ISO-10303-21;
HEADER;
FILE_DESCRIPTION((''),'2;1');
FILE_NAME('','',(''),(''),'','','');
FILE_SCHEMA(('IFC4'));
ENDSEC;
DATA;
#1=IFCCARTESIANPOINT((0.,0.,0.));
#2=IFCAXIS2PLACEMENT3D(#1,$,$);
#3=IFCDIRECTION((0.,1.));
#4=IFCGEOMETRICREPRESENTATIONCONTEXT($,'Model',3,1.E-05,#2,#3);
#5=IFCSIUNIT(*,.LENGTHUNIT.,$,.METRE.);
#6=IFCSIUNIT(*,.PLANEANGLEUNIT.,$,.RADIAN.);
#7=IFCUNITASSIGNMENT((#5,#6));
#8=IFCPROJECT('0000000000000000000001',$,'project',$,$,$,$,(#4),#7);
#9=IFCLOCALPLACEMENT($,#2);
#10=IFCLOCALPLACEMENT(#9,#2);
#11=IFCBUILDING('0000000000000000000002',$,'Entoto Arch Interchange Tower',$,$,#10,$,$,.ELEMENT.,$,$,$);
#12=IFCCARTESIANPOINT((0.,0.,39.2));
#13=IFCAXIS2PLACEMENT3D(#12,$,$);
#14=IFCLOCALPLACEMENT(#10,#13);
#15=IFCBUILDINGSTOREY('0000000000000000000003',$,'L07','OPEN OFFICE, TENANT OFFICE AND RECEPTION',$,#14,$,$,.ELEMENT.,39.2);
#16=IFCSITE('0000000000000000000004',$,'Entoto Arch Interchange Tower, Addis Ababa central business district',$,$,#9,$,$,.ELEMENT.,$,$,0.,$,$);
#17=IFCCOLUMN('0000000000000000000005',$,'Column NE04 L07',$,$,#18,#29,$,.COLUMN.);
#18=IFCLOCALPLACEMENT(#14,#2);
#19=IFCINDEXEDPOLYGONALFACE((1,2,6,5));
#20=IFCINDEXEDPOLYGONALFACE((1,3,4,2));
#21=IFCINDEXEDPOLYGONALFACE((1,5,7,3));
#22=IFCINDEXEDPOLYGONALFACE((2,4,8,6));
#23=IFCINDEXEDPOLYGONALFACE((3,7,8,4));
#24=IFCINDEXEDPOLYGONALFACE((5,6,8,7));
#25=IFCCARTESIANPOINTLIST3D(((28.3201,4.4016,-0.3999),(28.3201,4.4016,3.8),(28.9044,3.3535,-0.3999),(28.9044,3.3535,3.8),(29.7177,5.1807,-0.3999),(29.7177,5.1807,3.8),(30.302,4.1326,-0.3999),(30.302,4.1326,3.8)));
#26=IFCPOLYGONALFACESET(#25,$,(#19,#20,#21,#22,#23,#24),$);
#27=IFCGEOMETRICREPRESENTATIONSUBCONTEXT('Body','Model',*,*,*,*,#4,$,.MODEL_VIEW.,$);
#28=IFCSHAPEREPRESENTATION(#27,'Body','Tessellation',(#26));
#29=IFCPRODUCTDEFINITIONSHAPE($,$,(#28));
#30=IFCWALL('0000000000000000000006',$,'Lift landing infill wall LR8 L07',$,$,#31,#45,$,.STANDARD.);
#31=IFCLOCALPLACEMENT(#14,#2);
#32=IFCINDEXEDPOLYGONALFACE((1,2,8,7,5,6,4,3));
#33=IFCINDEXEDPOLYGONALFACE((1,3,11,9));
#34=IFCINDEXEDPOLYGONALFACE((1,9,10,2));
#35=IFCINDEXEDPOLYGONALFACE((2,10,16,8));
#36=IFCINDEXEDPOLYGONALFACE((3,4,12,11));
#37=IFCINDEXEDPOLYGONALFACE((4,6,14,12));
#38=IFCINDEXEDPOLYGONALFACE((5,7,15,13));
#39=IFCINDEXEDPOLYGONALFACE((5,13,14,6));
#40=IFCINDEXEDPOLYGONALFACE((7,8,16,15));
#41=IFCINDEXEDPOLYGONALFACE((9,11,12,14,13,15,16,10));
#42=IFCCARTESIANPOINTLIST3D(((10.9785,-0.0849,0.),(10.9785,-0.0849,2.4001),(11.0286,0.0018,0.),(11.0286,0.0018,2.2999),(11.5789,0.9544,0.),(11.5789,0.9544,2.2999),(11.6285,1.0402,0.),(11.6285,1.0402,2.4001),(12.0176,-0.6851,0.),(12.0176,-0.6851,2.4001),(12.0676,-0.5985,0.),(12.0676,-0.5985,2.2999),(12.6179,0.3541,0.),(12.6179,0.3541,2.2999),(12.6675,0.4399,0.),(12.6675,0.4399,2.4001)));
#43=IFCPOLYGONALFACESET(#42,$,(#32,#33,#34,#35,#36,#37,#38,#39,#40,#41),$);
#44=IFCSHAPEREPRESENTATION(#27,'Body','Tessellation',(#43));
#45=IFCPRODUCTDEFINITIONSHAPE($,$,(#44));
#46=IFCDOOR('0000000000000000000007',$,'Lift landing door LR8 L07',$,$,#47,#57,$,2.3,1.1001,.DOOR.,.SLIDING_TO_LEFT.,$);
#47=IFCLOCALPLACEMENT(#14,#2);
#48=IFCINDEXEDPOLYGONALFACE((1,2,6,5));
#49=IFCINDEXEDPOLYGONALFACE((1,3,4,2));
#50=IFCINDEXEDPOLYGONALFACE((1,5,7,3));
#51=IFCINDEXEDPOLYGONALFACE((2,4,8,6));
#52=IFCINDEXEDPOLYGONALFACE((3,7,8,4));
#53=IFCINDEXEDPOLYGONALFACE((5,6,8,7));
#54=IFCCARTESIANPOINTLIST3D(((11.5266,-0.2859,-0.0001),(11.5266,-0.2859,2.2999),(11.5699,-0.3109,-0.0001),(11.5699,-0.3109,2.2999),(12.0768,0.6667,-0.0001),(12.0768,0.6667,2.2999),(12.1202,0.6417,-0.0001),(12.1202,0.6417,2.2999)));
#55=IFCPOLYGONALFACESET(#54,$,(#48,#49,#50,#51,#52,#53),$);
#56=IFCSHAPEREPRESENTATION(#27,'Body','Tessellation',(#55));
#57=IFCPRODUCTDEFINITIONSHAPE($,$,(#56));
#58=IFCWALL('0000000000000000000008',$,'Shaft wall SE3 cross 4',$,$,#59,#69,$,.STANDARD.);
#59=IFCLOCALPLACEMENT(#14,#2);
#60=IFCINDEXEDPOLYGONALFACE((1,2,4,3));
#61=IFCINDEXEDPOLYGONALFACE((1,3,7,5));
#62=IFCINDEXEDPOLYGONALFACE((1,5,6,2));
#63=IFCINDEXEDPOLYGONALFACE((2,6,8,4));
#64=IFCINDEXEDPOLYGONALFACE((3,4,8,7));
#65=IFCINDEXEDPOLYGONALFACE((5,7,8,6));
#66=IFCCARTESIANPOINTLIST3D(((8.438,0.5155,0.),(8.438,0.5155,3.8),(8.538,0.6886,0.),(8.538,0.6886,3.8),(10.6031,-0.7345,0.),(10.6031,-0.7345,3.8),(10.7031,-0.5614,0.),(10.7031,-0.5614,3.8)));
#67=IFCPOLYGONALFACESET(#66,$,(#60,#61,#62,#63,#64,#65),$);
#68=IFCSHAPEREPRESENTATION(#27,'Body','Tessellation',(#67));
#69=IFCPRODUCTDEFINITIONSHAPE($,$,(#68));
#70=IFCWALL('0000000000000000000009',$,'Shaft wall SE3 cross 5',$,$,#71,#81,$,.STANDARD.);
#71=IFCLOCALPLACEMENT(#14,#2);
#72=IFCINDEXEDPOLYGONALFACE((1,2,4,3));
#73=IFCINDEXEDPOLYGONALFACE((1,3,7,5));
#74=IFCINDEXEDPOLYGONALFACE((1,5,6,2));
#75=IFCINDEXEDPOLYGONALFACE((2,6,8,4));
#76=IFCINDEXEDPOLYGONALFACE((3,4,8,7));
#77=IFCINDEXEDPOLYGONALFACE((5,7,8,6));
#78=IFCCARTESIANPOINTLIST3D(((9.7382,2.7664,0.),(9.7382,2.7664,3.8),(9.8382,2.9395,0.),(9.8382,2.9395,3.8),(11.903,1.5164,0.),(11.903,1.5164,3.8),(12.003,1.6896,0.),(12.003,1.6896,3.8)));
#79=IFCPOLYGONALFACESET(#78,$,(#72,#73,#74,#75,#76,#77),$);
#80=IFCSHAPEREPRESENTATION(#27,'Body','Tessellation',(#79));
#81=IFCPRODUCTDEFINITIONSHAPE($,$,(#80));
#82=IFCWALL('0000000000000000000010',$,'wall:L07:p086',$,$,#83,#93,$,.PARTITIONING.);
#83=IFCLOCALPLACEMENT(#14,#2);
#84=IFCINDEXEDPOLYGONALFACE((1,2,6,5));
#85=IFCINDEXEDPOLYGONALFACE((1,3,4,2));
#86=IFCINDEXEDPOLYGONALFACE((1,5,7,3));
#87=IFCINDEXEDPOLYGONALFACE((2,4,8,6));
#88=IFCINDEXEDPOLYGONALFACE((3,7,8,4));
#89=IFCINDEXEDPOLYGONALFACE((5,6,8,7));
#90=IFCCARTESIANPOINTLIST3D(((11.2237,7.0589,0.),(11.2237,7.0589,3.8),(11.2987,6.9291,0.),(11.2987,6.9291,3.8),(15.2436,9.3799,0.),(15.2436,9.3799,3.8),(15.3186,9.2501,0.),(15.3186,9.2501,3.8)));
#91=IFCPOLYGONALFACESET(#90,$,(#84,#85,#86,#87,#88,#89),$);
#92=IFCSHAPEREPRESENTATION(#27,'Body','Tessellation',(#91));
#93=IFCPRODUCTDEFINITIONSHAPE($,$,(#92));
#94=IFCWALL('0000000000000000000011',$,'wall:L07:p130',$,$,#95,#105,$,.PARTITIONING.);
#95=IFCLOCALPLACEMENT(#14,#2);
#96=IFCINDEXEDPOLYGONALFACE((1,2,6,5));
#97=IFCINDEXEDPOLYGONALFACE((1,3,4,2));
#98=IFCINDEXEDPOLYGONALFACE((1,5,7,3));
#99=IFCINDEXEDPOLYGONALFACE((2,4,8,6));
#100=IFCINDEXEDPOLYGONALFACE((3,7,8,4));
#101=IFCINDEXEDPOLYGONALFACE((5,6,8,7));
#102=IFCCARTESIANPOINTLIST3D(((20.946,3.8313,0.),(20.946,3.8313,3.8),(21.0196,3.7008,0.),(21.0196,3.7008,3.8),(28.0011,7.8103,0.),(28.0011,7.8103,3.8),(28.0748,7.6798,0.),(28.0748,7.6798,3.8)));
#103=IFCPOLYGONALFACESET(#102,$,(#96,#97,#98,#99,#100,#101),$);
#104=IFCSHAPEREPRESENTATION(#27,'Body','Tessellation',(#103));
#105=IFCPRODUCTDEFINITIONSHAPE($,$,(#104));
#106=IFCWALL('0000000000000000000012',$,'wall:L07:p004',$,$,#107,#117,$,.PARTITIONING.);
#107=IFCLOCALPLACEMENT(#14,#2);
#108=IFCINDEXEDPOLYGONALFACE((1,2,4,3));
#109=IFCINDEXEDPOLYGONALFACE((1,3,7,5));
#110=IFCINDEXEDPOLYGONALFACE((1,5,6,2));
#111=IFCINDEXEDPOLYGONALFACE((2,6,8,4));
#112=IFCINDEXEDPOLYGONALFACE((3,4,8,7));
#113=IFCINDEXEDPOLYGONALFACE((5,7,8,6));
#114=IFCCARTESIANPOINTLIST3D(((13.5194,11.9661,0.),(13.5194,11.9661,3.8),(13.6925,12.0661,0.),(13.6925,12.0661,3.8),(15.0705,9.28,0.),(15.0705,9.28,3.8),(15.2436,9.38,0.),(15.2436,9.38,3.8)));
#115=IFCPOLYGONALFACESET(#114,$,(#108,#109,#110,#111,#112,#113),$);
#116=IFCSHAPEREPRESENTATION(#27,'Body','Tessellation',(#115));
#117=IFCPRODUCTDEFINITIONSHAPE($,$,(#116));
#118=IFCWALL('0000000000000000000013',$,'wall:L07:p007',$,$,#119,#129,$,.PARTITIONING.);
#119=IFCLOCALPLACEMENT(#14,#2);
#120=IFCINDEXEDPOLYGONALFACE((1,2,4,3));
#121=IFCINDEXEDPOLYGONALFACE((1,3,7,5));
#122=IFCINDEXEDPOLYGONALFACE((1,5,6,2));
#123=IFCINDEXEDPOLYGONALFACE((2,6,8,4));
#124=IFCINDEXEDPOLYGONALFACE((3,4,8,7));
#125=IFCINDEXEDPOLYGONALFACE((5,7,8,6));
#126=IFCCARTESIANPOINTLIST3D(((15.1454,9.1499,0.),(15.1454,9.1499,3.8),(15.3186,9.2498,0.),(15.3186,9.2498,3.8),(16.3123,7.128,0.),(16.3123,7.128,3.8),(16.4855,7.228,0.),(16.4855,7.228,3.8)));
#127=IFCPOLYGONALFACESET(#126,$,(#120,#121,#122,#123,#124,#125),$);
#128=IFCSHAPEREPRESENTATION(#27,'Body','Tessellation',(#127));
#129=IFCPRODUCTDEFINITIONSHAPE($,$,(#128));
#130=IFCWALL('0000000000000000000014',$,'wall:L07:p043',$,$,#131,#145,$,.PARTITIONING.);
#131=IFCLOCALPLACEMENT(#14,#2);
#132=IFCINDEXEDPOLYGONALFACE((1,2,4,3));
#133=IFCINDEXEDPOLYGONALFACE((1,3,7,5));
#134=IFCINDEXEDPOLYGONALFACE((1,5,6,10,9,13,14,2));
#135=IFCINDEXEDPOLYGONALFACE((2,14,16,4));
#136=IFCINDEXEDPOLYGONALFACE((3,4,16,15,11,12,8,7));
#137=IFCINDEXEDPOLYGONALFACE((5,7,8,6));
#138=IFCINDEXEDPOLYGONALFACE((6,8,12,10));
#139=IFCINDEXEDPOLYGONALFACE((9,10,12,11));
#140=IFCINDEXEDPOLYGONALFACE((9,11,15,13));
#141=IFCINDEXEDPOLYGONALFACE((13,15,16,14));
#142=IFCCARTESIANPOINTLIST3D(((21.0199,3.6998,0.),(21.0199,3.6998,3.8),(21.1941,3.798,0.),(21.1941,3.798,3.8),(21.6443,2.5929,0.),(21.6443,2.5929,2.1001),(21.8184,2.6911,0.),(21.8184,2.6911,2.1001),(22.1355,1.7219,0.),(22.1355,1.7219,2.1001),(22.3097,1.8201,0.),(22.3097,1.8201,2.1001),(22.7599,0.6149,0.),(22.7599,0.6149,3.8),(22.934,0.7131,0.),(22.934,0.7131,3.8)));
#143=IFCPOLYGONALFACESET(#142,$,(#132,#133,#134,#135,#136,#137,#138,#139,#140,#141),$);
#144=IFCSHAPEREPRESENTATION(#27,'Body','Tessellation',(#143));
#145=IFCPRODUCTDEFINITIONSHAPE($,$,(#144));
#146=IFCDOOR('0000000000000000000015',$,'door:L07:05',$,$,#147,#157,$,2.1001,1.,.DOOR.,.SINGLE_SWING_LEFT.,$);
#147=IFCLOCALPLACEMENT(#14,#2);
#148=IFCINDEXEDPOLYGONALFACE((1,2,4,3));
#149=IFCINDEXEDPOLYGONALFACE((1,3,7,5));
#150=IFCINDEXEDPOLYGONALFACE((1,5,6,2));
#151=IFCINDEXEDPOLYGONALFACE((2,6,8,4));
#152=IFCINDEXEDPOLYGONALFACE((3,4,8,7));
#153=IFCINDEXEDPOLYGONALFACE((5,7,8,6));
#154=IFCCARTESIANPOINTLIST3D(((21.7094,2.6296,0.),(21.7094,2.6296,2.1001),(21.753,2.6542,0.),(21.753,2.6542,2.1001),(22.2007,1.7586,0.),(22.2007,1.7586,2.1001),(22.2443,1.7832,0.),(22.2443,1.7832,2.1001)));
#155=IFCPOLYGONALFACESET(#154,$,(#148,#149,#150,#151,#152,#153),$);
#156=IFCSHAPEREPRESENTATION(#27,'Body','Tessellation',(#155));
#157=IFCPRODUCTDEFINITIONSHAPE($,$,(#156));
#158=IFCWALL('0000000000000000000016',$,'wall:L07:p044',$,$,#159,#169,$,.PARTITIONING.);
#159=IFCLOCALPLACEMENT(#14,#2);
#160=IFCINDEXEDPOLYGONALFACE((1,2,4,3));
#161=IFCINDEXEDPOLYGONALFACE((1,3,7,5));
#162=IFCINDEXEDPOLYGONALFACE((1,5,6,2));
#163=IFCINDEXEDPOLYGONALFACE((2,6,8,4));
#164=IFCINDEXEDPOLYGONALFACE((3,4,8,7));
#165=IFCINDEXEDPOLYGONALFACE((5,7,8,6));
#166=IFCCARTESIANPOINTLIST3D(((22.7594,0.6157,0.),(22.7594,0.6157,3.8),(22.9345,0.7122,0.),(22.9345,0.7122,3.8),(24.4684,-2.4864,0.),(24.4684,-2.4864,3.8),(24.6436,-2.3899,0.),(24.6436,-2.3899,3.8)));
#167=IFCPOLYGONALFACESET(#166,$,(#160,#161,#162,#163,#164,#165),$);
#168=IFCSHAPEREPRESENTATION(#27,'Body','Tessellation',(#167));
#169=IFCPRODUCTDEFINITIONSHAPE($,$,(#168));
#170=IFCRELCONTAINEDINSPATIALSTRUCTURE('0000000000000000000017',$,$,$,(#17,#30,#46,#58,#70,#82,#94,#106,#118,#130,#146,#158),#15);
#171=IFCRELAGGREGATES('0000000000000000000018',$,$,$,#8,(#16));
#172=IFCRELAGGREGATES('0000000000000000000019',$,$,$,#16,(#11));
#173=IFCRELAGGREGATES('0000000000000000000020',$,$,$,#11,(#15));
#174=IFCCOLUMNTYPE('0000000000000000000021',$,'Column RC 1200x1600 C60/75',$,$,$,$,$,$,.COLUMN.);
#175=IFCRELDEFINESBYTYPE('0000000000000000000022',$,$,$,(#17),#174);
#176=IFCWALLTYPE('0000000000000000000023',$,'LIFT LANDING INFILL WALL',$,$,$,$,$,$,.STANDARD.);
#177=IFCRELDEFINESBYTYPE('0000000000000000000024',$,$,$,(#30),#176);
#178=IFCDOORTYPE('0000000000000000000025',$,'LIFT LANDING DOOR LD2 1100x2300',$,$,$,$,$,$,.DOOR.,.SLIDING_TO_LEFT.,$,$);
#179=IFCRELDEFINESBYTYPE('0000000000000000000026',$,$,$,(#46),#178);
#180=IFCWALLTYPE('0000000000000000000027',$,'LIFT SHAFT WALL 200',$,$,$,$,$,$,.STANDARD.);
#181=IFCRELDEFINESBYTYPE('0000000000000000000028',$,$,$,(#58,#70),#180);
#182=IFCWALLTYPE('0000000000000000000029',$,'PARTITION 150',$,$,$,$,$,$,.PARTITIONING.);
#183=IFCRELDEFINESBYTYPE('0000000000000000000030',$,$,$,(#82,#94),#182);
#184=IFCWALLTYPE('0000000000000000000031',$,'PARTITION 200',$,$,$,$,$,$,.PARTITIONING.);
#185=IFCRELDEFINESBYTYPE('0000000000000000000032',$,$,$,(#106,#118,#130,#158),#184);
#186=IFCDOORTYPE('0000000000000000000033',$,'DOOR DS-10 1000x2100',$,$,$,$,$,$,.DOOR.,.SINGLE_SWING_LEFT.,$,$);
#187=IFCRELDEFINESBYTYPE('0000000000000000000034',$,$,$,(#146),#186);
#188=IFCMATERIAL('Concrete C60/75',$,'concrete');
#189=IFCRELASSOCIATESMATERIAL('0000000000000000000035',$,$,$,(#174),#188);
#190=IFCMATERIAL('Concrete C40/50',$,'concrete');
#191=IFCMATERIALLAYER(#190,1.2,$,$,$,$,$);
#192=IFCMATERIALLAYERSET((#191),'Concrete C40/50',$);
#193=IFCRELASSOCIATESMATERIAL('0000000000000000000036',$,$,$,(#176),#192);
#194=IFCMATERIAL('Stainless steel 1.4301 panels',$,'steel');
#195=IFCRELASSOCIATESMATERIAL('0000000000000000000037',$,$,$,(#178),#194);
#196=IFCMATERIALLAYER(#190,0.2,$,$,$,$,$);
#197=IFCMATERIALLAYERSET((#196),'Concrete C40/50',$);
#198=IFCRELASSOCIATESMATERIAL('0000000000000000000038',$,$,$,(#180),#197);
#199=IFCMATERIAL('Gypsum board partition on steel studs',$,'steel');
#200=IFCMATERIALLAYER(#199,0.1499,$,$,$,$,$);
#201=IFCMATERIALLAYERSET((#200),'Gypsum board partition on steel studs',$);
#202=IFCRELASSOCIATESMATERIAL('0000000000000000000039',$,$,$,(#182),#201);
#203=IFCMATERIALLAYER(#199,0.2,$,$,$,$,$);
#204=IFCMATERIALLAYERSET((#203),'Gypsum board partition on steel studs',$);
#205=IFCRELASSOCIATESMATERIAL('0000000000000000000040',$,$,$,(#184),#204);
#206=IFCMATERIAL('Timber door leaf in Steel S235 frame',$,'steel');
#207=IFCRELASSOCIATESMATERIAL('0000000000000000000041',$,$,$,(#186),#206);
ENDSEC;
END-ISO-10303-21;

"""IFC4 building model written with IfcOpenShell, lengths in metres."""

from ifc_helpers import new_model, si_unit, direction, frame, frame_2d, origin, origin_2d, place, context, subcontext, project, spatial, rectangle, extrude, material, layer, layer_set, material_profile, profile_set, type_object, element, fill, save


model = new_model("IFC4")

# Units and contexts
model_context = context("Model", 3, precision=1e-05, world=origin(), true_north=direction((0.0, 1.0)))
body_context = subcontext(model_context, "Body", "Model", "MODEL_VIEW")
ifc_project = project(units=[si_unit("LENGTHUNIT", "METRE"), si_unit("PLANEANGLEUNIT", "RADIAN")], contexts=[model_context])

# Site, building, storey
site_placement = place(None, origin())
site = spatial("IfcSite", under=ifc_project, at=site_placement, Name="Entoto Arch Interchange Tower, Addis Ababa central business district", CompositionType="ELEMENT", RefElevation=0.0)
building_placement = place(site_placement, origin())
building = spatial("IfcBuilding", under=site, at=building_placement, Name="Entoto Arch Interchange Tower", CompositionType="ELEMENT")
storey_placement = place(building_placement, frame((0.0, 0.0, 39.2)))
storey = spatial("IfcBuildingStorey", under=building, at=storey_placement, Name="L07", Description="OPEN OFFICE, TENANT OFFICE AND RECEPTION", CompositionType="ELEMENT", Elevation=39.2)

# Column
ifc_material_1 = material(Name="Concrete C60/75", Category="concrete")
ifc_material_profile = material_profile(ifc_material_1, rectangle(XDim=1.2, YDim=1.6001, at=origin_2d()))
ifc_profile_set = profile_set([ifc_material_profile], Name="Concrete C60/75")
column_type = type_object("IfcColumnType", Name="Column RC 1200x1600 C60/75", PredefinedType="COLUMN", material=ifc_profile_set)
column_placement = place(storey_placement, frame((29.311, 4.2671, -0.3999), z_axis=(0.0, 0.0, 1.0), x_axis=(-0.486915, 0.873449, 0.0)))
element("IfcColumn", 1, at=column_placement, inside=storey, type_object=column_type, Name="Column NE04 L07", PredefinedType="COLUMN", context=body_context, shape_type="SweptSolid", body=[
    extrude(rectangle(XDim=1.2, YDim=1.6001, at=origin_2d()), origin(), (0.0, 0.0, 1.0), 4.2),
])

# Wall, opening, door
ifc_material_2 = material(Name="Concrete C40/50", Category="concrete")
ifc_layer_1 = layer(ifc_material_2, 1.2)
ifc_layer_set_1 = layer_set([ifc_layer_1], Name="Concrete C40/50")
wall_type_1 = type_object("IfcWallType", Name="LIFT LANDING INFILL WALL", PredefinedType="STANDARD", material=ifc_layer_set_1)
wall_1_placement = place(storey_placement, frame((11.498, -0.385, 0.0), z_axis=(0.0, 0.0, 1.0), x_axis=(0.500221, 0.865898, 0.0)))
wall_1 = element("IfcWall", 2, at=wall_1_placement, inside=storey, type_object=wall_type_1, Name="Lift landing infill wall LR8 L07", PredefinedType="STANDARD", context=body_context, shape_type="SweptSolid", body=[
    extrude(rectangle(XDim=1.2993, YDim=1.2, at=frame_2d((0.6497, 0.0))), origin(), (0.0, 0.0, 1.0), 2.4001),
])
opening_1_placement = place(wall_1_placement, frame((0.1001, 0.0, 0.0)))
opening_1 = element("IfcOpeningElement", 3, at=opening_1_placement, cuts=wall_1, PredefinedType="OPENING", context=body_context, shape_type="SweptSolid", body=[
    extrude(rectangle(XDim=1.1001, YDim=2.3, at=frame_2d((0.55, 1.1499))), frame((0.0, 0.6099, 0.0), z_axis=(0.0, -1.0, 0.0), x_axis=(1.0, 0.0, 0.0)), (0.0, 0.0, 1.0), 1.22),
])
ifc_material_3 = material(Name="Stainless steel 1.4301 panels", Category="steel")
door_type_1 = type_object("IfcDoorType", Name="LIFT LANDING DOOR LD2 1100x2300", OperationType="SLIDING_TO_LEFT", PredefinedType="DOOR", material=ifc_material_3)
door_1_placement = place(opening_1_placement, origin())
door_1 = element("IfcDoor", 4, at=door_1_placement, inside=storey, type_object=door_type_1, Name="Lift landing door LR8 L07", OperationType="SLIDING_TO_LEFT", OverallHeight=2.3, OverallWidth=1.1001, PredefinedType="DOOR", context=body_context, shape_type="SweptSolid", body=[
    extrude(rectangle(XDim=1.1001, YDim=2.3, at=frame_2d((0.55, 1.1499))), frame((0.0, 0.0249, 0.0), z_axis=(0.0, -1.0, 0.0), x_axis=(1.0, 0.0, 0.0)), (0.0, 0.0, 1.0), 0.05),
])
fill(opening_1, door_1)

# Walls
ifc_layer_2 = layer(ifc_material_2, 0.2)
ifc_layer_set_2 = layer_set([ifc_layer_2], Name="Concrete C40/50")
wall_type_2 = type_object("IfcWallType", Name="LIFT SHAFT WALL 200", PredefinedType="STANDARD", material=ifc_layer_set_2)
wall_2_placement = place(storey_placement, frame((8.488, 0.6021, 0.0), z_axis=(0.0, 0.0, 1.0), x_axis=(0.866023, -0.500004, 0.0)))
element("IfcWall", 5, at=wall_2_placement, inside=storey, type_object=wall_type_2, Name="Shaft wall SE3 cross 4", PredefinedType="STANDARD", context=body_context, shape_type="SweptSolid", body=[
    extrude(rectangle(XDim=2.5, YDim=0.2, at=frame_2d((1.25, 0.0))), origin(), (0.0, 0.0, 1.0), 3.8),
])
wall_3_placement = place(storey_placement, frame((9.7881, 2.853, 0.0), z_axis=(0.0, 0.0, 1.0), x_axis=(0.865999, -0.500047, 0.0)))
element("IfcWall", 6, at=wall_3_placement, inside=storey, type_object=wall_type_2, Name="Shaft wall SE3 cross 5", PredefinedType="STANDARD", context=body_context, shape_type="SweptSolid", body=[
    extrude(rectangle(XDim=2.4998, YDim=0.2, at=frame_2d((1.25, 0.0))), origin(), (0.0, 0.0, 1.0), 3.8),
])
ifc_material_4 = material(Name="Gypsum board partition on steel studs", Category="steel")
ifc_layer_3 = layer(ifc_material_4, 0.1499)
ifc_layer_set_3 = layer_set([ifc_layer_3], Name="Gypsum board partition on steel studs")
wall_type_3 = type_object("IfcWallType", Name="PARTITION 150", PredefinedType="PARTITIONING", material=ifc_layer_set_3)
wall_4_placement = place(storey_placement, frame((15.281, 9.3149, 0.0), z_axis=(0.0, 0.0, 1.0), x_axis=(-0.866017, -0.500014, 0.0)))
element("IfcWall", 7, at=wall_4_placement, inside=storey, type_object=wall_type_3, Name="wall:L07:p086", PredefinedType="PARTITIONING", context=body_context, shape_type="SweptSolid", body=[
    extrude(rectangle(XDim=4.6418, YDim=0.1499, at=frame_2d((2.3208, 0.0))), origin(), (0.0, 0.0, 1.0), 3.8),
])
wall_5_placement = place(storey_placement, frame((20.9829, 3.7661, 0.0), z_axis=(0.0, 0.0, 1.0), x_axis=(0.871023, 0.491243, 0.0)))
element("IfcWall", 8, at=wall_5_placement, inside=storey, type_object=wall_type_3, Name="wall:L07:p130", PredefinedType="PARTITIONING", context=body_context, shape_type="SweptSolid", body=[
    extrude(rectangle(XDim=8.0999, YDim=0.1499, at=frame_2d((4.0498, 0.0))), origin(), (0.0, 0.0, 1.0), 3.8),
])
ifc_layer_4 = layer(ifc_material_4, 0.2)
ifc_layer_set_4 = layer_set([ifc_layer_4], Name="Gypsum board partition on steel studs")
wall_type_4 = type_object("IfcWallType", Name="PARTITION 200", PredefinedType="PARTITIONING", material=ifc_layer_set_4)
wall_6_placement = place(storey_placement, frame((15.157, 9.3301, 0.0), z_axis=(0.0, 0.0, 1.0), x_axis=(-0.500059, 0.865992, 0.0)))
element("IfcWall", 9, at=wall_6_placement, inside=storey, type_object=wall_type_4, Name="wall:L07:p004", PredefinedType="PARTITIONING", context=body_context, shape_type="SweptSolid", body=[
    extrude(rectangle(XDim=3.1018, YDim=0.2, at=frame_2d((1.5508, 0.0))), origin(), (0.0, 0.0, 1.0), 3.8),
])
wall_7_placement = place(storey_placement, frame((16.3989, 7.178, 0.0), z_axis=(0.0, 0.0, 1.0), x_axis=(-0.499873, 0.866099, 0.0)))
element("IfcWall", 10, at=wall_7_placement, inside=storey, type_object=wall_type_4, Name="wall:L07:p007", PredefinedType="PARTITIONING", context=body_context, shape_type="SweptSolid", body=[
    extrude(rectangle(XDim=2.3345, YDim=0.2, at=frame_2d((1.1672, 0.0))), origin(), (0.0, 0.0, 1.0), 3.8),
])

# Wall, opening, door
wall_8_placement = place(storey_placement, frame((21.1069, 3.749, 0.0), z_axis=(0.0, 0.0, 1.0), x_axis=(0.491269, -0.871008, 0.0)))
wall_8 = element("IfcWall", 11, at=wall_8_placement, inside=storey, type_object=wall_type_4, Name="wall:L07:p043", PredefinedType="PARTITIONING", context=body_context, shape_type="SweptSolid", body=[
    extrude(rectangle(XDim=3.5417, YDim=0.2, at=frame_2d((1.771, 0.0))), origin(), (0.0, 0.0, 1.0), 3.8),
])
opening_2_placement = place(wall_8_placement, frame((1.271, 0.0, 0.0)))
opening_2 = element("IfcOpeningElement", 12, at=opening_2_placement, cuts=wall_8, PredefinedType="OPENING", context=body_context, shape_type="SweptSolid", body=[
    extrude(rectangle(XDim=1.0, YDim=2.1001, at=frame_2d((0.5, 1.05))), frame((0.0, 0.1099, 0.0), z_axis=(0.0, -1.0, 0.0), x_axis=(1.0, 0.0, 0.0)), (0.0, 0.0, 1.0), 0.22),
])
ifc_material_5 = material(Name="Timber door leaf in Steel S235 frame", Category="steel")
door_type_2 = type_object("IfcDoorType", Name="DOOR DS-10 1000x2100", OperationType="SINGLE_SWING_LEFT", PredefinedType="DOOR", material=ifc_material_5)
door_2_placement = place(opening_2_placement, origin())
door_2 = element("IfcDoor", 13, at=door_2_placement, inside=storey, type_object=door_type_2, Name="door:L07:05", OperationType="SINGLE_SWING_LEFT", OverallHeight=2.1001, OverallWidth=1.0, PredefinedType="DOOR", context=body_context, shape_type="SweptSolid", body=[
    extrude(rectangle(XDim=1.0, YDim=2.1001, at=frame_2d((0.5, 1.05))), frame((0.0, 0.0249, 0.0), z_axis=(0.0, -1.0, 0.0), x_axis=(1.0, 0.0, 0.0)), (0.0, 0.0, 1.0), 0.05),
])
fill(opening_2, door_2)

# Wall
wall_9_placement = place(storey_placement, frame((22.8469, 0.6641, 0.0), z_axis=(0.0, 0.0, 1.0), x_axis=(0.482538, -0.875875, 0.0)))
element("IfcWall", 14, at=wall_9_placement, inside=storey, type_object=wall_type_4, Name="wall:L07:p044", PredefinedType="PARTITIONING", context=body_context, shape_type="SweptSolid", body=[
    extrude(rectangle(XDim=3.5417, YDim=0.2, at=frame_2d((1.771, 0.0))), origin(), (0.0, 0.0, 1.0), 3.8),
])

save(model, "model.ifc")
